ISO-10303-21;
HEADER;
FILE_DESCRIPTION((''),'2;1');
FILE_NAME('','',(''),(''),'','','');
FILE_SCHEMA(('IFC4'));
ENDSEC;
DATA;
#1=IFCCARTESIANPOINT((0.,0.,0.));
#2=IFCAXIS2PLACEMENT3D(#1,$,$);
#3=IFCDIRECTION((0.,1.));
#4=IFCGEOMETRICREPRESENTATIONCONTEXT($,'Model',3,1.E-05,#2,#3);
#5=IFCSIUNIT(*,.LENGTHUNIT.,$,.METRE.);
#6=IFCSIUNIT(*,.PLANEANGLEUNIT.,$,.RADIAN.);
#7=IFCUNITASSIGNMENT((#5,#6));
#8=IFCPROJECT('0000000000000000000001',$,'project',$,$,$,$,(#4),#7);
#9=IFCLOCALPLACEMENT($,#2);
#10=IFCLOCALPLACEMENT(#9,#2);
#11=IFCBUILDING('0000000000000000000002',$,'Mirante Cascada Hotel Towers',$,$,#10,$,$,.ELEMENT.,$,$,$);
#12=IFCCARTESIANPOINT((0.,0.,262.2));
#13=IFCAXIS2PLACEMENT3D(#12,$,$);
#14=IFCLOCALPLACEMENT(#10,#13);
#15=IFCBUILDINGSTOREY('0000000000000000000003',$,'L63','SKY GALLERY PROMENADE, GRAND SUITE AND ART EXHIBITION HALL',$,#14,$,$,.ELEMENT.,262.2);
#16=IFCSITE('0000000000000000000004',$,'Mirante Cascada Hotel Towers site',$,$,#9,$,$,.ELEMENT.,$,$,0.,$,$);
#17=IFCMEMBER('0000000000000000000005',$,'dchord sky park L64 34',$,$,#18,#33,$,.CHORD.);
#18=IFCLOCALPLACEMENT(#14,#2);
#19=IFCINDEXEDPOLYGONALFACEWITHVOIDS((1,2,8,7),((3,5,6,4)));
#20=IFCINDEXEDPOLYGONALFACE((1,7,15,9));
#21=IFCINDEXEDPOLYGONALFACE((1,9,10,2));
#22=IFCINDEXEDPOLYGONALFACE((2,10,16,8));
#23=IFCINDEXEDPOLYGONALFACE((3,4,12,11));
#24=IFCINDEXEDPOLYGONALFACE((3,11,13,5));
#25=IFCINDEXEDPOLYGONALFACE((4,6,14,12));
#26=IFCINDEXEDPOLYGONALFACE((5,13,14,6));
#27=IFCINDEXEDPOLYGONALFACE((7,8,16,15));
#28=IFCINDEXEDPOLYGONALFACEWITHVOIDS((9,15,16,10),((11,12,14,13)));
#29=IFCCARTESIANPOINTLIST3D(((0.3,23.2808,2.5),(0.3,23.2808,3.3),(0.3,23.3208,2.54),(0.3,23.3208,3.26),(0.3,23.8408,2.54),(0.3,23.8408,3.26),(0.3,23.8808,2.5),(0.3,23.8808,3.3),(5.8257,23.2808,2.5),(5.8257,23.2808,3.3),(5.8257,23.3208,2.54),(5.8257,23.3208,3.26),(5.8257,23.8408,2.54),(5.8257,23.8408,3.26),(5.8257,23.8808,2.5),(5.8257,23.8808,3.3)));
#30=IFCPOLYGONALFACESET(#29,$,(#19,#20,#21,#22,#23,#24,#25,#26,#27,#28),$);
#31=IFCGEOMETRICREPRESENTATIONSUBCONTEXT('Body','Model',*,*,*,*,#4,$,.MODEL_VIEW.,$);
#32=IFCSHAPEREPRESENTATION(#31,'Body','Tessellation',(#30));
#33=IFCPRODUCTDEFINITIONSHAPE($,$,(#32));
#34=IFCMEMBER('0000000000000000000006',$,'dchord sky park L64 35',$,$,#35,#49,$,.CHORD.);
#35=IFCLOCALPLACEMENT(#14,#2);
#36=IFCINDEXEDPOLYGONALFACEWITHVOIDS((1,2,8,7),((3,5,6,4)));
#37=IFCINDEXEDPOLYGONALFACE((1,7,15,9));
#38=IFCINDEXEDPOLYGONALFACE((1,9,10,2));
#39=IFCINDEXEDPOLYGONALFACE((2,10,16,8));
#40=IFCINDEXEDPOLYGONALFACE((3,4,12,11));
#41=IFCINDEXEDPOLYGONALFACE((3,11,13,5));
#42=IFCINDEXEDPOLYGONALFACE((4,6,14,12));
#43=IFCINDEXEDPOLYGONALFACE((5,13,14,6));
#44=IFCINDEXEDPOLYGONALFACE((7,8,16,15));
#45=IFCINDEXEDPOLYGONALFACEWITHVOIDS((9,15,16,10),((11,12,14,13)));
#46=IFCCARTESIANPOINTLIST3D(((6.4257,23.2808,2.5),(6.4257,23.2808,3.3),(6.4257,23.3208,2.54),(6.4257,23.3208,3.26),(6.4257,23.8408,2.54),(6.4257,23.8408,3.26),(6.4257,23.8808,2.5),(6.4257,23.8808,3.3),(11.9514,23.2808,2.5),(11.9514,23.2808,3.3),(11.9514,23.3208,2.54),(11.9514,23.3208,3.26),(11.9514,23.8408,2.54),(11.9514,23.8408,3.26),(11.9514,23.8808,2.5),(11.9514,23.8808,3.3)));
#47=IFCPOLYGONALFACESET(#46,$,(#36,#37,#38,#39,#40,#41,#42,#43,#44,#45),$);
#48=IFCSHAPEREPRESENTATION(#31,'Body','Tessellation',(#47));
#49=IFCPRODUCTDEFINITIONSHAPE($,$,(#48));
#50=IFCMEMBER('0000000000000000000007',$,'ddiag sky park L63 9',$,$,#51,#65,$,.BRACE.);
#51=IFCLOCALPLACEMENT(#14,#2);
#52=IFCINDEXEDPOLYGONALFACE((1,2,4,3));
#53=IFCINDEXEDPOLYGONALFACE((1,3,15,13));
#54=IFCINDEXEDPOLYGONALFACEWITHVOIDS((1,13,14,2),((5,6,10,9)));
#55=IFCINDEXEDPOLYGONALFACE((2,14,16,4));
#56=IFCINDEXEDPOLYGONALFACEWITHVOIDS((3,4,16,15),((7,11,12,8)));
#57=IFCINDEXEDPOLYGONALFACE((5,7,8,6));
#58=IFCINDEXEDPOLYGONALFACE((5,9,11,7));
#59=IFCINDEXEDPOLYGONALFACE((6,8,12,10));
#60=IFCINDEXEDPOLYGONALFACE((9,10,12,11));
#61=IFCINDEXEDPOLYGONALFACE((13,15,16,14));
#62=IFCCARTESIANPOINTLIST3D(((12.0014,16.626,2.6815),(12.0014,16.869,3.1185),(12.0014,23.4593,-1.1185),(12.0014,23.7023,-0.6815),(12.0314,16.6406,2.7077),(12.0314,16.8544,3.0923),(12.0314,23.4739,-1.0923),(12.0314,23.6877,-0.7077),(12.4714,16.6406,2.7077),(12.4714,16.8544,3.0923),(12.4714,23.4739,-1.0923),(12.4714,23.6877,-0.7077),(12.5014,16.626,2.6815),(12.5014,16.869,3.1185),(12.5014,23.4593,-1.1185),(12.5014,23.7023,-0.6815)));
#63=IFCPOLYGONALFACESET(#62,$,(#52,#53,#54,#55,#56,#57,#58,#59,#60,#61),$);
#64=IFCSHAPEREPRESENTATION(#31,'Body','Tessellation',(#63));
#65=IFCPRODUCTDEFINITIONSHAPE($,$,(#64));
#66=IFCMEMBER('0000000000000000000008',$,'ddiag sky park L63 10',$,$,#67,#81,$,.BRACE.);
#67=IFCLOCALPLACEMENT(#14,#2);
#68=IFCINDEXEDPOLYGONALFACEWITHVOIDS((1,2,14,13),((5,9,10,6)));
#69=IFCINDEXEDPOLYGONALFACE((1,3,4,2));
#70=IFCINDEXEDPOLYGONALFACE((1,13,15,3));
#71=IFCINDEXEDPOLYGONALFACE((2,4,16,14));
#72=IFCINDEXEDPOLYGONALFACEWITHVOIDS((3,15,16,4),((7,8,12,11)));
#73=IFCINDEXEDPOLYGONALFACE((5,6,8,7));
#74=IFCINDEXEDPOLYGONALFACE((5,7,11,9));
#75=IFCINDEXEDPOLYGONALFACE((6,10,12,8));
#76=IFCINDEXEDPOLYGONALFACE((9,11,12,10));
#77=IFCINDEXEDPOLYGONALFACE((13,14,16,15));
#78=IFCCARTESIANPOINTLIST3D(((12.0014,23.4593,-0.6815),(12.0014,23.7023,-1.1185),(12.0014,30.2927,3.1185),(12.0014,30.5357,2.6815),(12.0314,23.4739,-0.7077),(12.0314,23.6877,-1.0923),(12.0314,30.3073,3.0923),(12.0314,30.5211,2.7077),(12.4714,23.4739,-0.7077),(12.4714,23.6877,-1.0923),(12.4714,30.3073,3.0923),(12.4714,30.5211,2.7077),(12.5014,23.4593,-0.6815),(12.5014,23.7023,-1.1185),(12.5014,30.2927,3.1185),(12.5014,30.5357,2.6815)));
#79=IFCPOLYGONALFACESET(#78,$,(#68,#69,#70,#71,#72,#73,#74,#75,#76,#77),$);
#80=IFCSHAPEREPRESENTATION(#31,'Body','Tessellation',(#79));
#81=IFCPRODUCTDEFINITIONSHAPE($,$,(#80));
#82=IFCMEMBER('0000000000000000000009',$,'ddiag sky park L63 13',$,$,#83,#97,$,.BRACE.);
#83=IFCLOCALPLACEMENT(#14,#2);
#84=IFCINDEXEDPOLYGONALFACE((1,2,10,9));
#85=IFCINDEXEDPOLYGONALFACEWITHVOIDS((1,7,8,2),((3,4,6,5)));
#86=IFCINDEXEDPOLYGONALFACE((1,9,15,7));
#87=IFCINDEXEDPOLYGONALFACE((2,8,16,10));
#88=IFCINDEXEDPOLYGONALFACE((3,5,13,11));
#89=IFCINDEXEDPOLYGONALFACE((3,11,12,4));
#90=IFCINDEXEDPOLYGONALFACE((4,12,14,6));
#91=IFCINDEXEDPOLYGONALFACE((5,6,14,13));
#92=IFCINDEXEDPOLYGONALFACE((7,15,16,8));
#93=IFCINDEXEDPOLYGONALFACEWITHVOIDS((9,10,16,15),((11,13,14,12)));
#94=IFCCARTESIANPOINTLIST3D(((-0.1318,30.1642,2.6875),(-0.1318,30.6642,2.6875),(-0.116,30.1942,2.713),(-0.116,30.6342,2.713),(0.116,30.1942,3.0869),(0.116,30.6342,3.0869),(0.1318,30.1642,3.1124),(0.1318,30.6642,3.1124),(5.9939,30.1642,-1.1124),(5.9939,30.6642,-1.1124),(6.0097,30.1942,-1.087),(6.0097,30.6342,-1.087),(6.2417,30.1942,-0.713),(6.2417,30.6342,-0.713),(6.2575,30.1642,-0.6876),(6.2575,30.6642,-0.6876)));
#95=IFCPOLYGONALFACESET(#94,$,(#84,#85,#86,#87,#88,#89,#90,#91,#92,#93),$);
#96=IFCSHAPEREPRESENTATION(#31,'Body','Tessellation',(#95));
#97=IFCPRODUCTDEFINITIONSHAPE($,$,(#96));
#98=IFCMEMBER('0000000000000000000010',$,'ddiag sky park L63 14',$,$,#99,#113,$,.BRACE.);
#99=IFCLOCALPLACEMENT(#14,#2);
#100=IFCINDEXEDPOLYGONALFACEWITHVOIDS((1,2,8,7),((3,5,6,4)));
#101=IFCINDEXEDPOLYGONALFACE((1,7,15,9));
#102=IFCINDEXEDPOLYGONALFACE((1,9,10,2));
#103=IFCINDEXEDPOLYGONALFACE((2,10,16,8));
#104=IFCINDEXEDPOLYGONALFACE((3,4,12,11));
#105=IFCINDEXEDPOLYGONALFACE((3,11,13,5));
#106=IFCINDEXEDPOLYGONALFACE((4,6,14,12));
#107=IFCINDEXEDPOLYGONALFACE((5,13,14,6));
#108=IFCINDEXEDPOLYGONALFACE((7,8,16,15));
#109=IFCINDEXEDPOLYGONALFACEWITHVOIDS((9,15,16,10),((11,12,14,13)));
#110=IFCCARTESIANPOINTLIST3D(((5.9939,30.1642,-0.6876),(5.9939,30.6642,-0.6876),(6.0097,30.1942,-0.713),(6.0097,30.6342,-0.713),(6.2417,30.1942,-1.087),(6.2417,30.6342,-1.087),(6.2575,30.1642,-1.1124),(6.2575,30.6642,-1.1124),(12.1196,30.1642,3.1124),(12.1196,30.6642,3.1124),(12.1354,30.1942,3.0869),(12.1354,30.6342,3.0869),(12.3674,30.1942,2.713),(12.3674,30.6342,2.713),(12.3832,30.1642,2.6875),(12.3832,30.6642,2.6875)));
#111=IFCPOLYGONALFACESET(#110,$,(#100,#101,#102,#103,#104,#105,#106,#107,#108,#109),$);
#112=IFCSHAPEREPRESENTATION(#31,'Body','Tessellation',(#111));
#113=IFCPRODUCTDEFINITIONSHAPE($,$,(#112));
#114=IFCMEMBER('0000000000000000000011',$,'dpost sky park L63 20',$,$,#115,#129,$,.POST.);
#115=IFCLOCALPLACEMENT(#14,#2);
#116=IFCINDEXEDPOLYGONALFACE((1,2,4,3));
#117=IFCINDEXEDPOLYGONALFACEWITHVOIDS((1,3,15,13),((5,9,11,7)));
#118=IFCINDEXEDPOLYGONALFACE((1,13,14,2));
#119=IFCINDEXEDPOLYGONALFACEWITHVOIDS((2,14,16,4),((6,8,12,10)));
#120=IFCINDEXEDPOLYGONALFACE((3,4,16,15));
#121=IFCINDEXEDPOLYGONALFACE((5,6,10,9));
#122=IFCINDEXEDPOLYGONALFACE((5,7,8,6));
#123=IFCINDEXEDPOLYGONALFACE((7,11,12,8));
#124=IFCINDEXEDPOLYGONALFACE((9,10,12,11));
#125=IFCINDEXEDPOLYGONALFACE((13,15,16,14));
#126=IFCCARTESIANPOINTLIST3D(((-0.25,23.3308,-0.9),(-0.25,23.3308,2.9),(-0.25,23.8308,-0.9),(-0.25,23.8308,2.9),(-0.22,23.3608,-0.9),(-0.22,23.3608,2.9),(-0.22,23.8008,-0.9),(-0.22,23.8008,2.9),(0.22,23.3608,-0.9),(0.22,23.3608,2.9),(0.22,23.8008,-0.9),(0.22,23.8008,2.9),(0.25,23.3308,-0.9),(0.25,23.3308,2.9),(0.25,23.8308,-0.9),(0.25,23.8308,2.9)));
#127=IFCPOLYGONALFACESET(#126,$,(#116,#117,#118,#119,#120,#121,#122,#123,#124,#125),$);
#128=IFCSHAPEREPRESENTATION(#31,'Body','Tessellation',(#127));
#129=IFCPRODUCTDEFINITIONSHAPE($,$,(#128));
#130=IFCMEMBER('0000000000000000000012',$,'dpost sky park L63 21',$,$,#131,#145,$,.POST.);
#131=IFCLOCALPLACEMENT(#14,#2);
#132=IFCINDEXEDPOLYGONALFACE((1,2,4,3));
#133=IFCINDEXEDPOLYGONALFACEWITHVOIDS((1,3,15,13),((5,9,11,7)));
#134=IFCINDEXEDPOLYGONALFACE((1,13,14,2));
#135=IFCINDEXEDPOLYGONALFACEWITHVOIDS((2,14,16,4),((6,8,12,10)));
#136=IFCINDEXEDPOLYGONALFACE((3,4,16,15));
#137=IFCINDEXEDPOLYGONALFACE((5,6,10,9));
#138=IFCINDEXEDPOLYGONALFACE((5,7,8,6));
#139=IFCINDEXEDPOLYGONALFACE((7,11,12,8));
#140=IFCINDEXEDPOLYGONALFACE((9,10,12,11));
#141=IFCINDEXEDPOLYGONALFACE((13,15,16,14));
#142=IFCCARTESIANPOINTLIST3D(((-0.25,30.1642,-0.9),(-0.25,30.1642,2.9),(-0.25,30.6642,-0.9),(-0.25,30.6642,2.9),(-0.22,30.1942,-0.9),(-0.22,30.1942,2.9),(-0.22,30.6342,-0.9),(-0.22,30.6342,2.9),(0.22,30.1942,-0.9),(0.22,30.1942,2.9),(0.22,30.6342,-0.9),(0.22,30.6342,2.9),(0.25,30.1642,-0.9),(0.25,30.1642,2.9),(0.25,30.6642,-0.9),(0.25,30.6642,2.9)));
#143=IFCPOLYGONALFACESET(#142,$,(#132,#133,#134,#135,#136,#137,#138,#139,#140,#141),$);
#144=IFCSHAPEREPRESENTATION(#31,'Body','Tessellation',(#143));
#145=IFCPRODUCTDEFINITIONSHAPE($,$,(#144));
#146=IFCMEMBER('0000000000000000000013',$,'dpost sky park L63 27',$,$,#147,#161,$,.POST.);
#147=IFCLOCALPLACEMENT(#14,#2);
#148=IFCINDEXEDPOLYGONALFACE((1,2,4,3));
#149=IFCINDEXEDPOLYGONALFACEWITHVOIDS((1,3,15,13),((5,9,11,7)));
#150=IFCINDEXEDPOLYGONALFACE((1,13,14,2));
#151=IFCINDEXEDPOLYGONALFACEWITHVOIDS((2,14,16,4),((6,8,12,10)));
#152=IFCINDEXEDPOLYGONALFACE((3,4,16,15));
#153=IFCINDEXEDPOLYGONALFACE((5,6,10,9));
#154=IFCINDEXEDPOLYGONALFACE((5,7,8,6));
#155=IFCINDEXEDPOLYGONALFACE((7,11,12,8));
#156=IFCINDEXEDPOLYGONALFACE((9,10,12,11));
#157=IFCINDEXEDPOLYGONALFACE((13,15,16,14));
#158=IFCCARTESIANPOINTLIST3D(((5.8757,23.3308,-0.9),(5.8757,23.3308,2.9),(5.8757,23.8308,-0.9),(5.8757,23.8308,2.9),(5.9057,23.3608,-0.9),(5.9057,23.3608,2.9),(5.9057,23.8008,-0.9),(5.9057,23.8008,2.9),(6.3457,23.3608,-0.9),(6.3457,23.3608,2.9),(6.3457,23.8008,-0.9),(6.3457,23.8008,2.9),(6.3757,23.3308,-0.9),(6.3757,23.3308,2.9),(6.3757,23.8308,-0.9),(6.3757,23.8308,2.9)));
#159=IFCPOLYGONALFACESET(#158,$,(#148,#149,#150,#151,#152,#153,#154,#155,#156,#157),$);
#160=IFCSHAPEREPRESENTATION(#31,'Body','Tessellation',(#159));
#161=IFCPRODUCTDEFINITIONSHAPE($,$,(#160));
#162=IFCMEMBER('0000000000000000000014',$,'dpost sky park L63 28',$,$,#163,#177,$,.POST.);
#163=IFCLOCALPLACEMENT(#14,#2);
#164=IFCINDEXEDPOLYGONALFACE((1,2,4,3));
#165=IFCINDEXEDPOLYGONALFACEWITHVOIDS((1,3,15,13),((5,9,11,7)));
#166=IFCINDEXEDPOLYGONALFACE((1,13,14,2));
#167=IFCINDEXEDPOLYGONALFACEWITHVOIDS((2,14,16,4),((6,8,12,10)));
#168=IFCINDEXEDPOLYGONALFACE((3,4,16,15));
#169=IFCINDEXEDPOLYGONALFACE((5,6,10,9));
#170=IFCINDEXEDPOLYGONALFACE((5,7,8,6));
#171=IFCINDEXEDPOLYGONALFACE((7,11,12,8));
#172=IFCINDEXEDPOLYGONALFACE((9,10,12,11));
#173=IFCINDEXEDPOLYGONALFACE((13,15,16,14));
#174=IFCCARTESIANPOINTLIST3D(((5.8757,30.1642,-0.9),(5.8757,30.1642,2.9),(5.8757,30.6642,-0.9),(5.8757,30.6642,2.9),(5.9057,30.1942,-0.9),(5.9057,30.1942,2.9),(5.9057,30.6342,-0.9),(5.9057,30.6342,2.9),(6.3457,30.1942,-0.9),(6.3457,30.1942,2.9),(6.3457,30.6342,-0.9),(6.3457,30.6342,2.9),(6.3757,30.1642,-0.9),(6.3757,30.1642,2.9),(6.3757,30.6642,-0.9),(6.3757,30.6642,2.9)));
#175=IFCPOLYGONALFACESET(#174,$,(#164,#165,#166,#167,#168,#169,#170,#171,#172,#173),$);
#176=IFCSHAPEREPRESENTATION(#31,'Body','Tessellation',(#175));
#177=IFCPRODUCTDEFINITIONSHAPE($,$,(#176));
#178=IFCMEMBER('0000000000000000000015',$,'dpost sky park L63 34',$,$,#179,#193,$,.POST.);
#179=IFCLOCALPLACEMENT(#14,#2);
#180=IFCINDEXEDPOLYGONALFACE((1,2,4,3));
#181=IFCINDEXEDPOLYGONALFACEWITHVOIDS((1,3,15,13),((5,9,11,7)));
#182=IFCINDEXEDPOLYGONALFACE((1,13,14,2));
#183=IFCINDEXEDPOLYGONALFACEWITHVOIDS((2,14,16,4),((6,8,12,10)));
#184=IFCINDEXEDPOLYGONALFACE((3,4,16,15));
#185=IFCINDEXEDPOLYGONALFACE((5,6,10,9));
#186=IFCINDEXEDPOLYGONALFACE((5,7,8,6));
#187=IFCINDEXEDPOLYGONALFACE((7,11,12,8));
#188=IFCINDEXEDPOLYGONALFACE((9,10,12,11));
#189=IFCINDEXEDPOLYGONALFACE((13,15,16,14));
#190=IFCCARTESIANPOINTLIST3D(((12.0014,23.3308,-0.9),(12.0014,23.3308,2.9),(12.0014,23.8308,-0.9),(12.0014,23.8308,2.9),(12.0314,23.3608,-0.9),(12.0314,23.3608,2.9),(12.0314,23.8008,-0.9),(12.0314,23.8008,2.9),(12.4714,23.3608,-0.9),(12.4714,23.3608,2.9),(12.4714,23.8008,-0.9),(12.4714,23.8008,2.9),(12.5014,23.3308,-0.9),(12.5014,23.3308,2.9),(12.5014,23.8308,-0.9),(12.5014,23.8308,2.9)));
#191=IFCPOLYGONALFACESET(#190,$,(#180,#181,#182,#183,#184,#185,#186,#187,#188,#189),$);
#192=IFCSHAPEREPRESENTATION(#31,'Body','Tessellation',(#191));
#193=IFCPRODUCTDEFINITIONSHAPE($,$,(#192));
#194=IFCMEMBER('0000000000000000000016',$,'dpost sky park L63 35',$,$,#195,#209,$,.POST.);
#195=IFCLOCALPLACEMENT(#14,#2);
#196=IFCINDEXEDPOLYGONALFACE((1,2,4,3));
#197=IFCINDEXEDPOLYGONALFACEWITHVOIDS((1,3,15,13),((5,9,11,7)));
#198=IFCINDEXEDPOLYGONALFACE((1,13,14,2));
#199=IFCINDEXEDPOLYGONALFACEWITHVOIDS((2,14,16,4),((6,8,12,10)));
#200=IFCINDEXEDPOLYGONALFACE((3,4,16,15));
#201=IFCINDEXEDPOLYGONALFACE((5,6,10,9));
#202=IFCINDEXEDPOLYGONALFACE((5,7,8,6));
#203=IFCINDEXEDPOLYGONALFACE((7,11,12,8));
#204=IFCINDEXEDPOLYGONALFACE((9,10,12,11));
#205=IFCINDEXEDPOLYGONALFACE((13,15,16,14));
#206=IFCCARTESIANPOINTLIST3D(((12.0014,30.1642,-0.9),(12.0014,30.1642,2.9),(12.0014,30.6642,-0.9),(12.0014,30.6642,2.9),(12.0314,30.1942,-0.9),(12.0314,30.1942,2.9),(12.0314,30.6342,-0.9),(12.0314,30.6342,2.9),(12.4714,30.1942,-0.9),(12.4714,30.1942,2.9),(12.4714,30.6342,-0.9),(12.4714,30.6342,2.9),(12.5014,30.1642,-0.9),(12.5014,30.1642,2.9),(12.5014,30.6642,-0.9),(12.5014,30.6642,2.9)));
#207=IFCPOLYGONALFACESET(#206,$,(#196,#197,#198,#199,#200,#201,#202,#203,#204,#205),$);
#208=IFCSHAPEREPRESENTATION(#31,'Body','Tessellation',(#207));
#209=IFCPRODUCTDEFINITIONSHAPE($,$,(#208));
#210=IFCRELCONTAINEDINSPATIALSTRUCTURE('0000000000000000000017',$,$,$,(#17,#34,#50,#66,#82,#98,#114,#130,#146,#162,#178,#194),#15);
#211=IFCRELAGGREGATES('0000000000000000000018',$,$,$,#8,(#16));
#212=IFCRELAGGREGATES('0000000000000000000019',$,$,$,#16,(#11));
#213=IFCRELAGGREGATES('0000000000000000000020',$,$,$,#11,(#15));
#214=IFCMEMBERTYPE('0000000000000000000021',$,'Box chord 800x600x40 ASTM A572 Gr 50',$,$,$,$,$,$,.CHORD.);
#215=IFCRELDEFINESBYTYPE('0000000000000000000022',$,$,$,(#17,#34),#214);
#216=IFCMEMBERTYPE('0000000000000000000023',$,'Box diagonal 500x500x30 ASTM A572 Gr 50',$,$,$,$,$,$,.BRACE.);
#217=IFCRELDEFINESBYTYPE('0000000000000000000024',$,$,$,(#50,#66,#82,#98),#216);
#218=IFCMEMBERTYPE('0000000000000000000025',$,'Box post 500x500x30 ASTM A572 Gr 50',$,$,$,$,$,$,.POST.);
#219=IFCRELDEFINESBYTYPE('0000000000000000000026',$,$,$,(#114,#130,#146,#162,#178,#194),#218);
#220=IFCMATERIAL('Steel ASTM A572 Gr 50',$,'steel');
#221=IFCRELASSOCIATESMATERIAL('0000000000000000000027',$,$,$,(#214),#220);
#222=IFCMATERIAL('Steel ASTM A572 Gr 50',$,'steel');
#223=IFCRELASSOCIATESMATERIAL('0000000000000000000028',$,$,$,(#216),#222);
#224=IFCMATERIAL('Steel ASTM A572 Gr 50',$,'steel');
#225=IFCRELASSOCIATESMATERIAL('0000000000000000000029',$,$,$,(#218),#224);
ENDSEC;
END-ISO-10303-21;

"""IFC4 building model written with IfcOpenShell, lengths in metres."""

from ifc_helpers import new_model, si_unit, direction, frame, origin, origin_2d, place, context, subcontext, project, spatial, hollow_rectangle, extrude, material, material_profile, profile_set, type_object, element, save


model = new_model("IFC4")

# Units and contexts
model_context = context("Model", 3, precision=1e-05, world=origin(), true_north=direction((0.0, 1.0)))
body_context = subcontext(model_context, "Body", "Model", "MODEL_VIEW")
ifc_project = project(units=[si_unit("LENGTHUNIT", "METRE"), si_unit("PLANEANGLEUNIT", "RADIAN")], contexts=[model_context])

# Site, building, storey
site_placement = place(None, origin())
site = spatial("IfcSite", under=ifc_project, at=site_placement, Name="Mirante Cascada Hotel Towers site", CompositionType="ELEMENT", RefElevation=0.0)
building_placement = place(site_placement, origin())
building = spatial("IfcBuilding", under=site, at=building_placement, Name="Mirante Cascada Hotel Towers", CompositionType="ELEMENT")
storey_placement = place(building_placement, frame((0.0, 0.0, 262.2)))
storey = spatial("IfcBuildingStorey", under=building, at=storey_placement, Name="L63", Description="SKY GALLERY PROMENADE, GRAND SUITE AND ART EXHIBITION HALL", CompositionType="ELEMENT", Elevation=262.2)

# Members
ifc_material_1 = material(Name="Steel ASTM A572 Gr 50", Category="steel")
ifc_material_profile_1 = material_profile(ifc_material_1, hollow_rectangle(XDim=0.6, YDim=0.8, WallThickness=0.04, at=origin_2d()), Name="Box chord 800x600x40 ASTM A572 Gr 50")
ifc_profile_set_1 = profile_set([ifc_material_profile_1], Name="Steel ASTM A572 Gr 50")
member_type_1 = type_object("IfcMemberType", Name="Box chord 800x600x40 ASTM A572 Gr 50", PredefinedType="CHORD", material=ifc_profile_set_1)
for number, where, z_axis, x_axis, name in (
    (1, (0.3, 23.5808, 2.9), (1.0, 0.0, 0.0), (0.0, 1.0, 0.0), "dchord sky park L64 34"),
    (2, (6.4257, 23.5808, 2.9), (1.0, 0.0, 0.0), (0.0, 1.0, 0.0), "dchord sky park L64 35"),
):
    element("IfcMember", number, at=place(storey_placement, frame(where, z_axis=z_axis, x_axis=x_axis)), inside=storey, type_object=member_type_1, Name=name, PredefinedType="CHORD", context=body_context, shape_type="SweptSolid", body=[
        extrude(hollow_rectangle(XDim=0.6, YDim=0.8, WallThickness=0.04, at=origin_2d()), origin(), (0.0, 0.0, 1.0), 5.5257),
    ])
ifc_material_2 = material(Name="Steel ASTM A572 Gr 50", Category="steel")
ifc_material_profile_2 = material_profile(ifc_material_2, hollow_rectangle(XDim=0.5, YDim=0.5, WallThickness=0.03, at=origin_2d()), Name="Box diagonal 500x500x30 ASTM A572 Gr 50")
ifc_profile_set_2 = profile_set([ifc_material_profile_2], Name="Steel ASTM A572 Gr 50")
member_type_2 = type_object("IfcMemberType", Name="Box diagonal 500x500x30 ASTM A572 Gr 50", PredefinedType="BRACE", material=ifc_profile_set_2)
member_1_placement = place(storey_placement, frame((12.2514, 23.5808, -0.9), z_axis=(0.0, -0.873955, 0.486007), x_axis=(1.0, 0.0, 0.0)))
element("IfcMember", 3, at=member_1_placement, inside=storey, type_object=member_type_2, Name="ddiag sky park L63 9", PredefinedType="BRACE", context=body_context, shape_type="SweptSolid", body=[
    extrude(hollow_rectangle(XDim=0.5, YDim=0.5, WallThickness=0.03, at=origin_2d()), origin(), (0.0, 0.0, 1.0), 7.8188),
])
member_2_placement = place(storey_placement, frame((12.2514, 23.5808, -0.9), z_axis=(0.0, 0.873958, 0.486001), x_axis=(-1.0, 0.0, 0.0)))
element("IfcMember", 4, at=member_2_placement, inside=storey, type_object=member_type_2, Name="ddiag sky park L63 10", PredefinedType="BRACE", context=body_context, shape_type="SweptSolid", body=[
    extrude(hollow_rectangle(XDim=0.5, YDim=0.5, WallThickness=0.03, at=origin_2d()), origin(), (0.0, 0.0, 1.0), 7.8189),
])
for number, where, z_axis, x_axis, name in (
    (5, (6.1257, 30.4142, -0.9), (-0.849774, 0.0, 0.527147), (0.0, -1.0, 0.0), "ddiag sky park L63 13"),
    (6, (6.1257, 30.4142, -0.9), (0.849774, 0.0, 0.527147), (0.0, 1.0, 0.0), "ddiag sky park L63 14"),
):
    element("IfcMember", number, at=place(storey_placement, frame(where, z_axis=z_axis, x_axis=x_axis)), inside=storey, type_object=member_type_2, Name=name, PredefinedType="BRACE", context=body_context, shape_type="SweptSolid", body=[
        extrude(hollow_rectangle(XDim=0.5, YDim=0.5, WallThickness=0.03, at=origin_2d()), origin(), (0.0, 0.0, 1.0), 7.2086),
    ])
ifc_material_3 = material(Name="Steel ASTM A572 Gr 50", Category="steel")
ifc_material_profile_3 = material_profile(ifc_material_3, hollow_rectangle(XDim=0.5, YDim=0.5, WallThickness=0.03, at=origin_2d()), Name="Box post 500x500x30 ASTM A572 Gr 50")
ifc_profile_set_3 = profile_set([ifc_material_profile_3], Name="Steel ASTM A572 Gr 50")
member_type_3 = type_object("IfcMemberType", Name="Box post 500x500x30 ASTM A572 Gr 50", PredefinedType="POST", material=ifc_profile_set_3)
for number, where, z_axis, x_axis, name in (
    (7, (0.0, 23.5808, -0.9), (0.0, 0.0, 1.0), (1.0, 0.0, 0.0), "dpost sky park L63 20"),
    (8, (0.0, 30.4142, -0.9), (0.0, 0.0, 1.0), (1.0, 0.0, 0.0), "dpost sky park L63 21"),
    (9, (6.1257, 23.5808, -0.9), (0.0, 0.0, 1.0), (1.0, 0.0, 0.0), "dpost sky park L63 27"),
    (10, (6.1257, 30.4142, -0.9), (0.0, 0.0, 1.0), (1.0, 0.0, 0.0), "dpost sky park L63 28"),
    (11, (12.2514, 23.5808, -0.9), (0.0, 0.0, 1.0), (1.0, 0.0, 0.0), "dpost sky park L63 34"),
    (12, (12.2514, 30.4142, -0.9), (0.0, 0.0, 1.0), (1.0, 0.0, 0.0), "dpost sky park L63 35"),
):
    element("IfcMember", number, at=place(storey_placement, frame(where, z_axis=z_axis, x_axis=x_axis)), inside=storey, type_object=member_type_3, Name=name, PredefinedType="POST", context=body_context, shape_type="SweptSolid", body=[
        extrude(hollow_rectangle(XDim=0.5, YDim=0.5, WallThickness=0.03, at=origin_2d()), origin(), (0.0, 0.0, 1.0), 3.8),
    ])

save(model, "model.ifc")
